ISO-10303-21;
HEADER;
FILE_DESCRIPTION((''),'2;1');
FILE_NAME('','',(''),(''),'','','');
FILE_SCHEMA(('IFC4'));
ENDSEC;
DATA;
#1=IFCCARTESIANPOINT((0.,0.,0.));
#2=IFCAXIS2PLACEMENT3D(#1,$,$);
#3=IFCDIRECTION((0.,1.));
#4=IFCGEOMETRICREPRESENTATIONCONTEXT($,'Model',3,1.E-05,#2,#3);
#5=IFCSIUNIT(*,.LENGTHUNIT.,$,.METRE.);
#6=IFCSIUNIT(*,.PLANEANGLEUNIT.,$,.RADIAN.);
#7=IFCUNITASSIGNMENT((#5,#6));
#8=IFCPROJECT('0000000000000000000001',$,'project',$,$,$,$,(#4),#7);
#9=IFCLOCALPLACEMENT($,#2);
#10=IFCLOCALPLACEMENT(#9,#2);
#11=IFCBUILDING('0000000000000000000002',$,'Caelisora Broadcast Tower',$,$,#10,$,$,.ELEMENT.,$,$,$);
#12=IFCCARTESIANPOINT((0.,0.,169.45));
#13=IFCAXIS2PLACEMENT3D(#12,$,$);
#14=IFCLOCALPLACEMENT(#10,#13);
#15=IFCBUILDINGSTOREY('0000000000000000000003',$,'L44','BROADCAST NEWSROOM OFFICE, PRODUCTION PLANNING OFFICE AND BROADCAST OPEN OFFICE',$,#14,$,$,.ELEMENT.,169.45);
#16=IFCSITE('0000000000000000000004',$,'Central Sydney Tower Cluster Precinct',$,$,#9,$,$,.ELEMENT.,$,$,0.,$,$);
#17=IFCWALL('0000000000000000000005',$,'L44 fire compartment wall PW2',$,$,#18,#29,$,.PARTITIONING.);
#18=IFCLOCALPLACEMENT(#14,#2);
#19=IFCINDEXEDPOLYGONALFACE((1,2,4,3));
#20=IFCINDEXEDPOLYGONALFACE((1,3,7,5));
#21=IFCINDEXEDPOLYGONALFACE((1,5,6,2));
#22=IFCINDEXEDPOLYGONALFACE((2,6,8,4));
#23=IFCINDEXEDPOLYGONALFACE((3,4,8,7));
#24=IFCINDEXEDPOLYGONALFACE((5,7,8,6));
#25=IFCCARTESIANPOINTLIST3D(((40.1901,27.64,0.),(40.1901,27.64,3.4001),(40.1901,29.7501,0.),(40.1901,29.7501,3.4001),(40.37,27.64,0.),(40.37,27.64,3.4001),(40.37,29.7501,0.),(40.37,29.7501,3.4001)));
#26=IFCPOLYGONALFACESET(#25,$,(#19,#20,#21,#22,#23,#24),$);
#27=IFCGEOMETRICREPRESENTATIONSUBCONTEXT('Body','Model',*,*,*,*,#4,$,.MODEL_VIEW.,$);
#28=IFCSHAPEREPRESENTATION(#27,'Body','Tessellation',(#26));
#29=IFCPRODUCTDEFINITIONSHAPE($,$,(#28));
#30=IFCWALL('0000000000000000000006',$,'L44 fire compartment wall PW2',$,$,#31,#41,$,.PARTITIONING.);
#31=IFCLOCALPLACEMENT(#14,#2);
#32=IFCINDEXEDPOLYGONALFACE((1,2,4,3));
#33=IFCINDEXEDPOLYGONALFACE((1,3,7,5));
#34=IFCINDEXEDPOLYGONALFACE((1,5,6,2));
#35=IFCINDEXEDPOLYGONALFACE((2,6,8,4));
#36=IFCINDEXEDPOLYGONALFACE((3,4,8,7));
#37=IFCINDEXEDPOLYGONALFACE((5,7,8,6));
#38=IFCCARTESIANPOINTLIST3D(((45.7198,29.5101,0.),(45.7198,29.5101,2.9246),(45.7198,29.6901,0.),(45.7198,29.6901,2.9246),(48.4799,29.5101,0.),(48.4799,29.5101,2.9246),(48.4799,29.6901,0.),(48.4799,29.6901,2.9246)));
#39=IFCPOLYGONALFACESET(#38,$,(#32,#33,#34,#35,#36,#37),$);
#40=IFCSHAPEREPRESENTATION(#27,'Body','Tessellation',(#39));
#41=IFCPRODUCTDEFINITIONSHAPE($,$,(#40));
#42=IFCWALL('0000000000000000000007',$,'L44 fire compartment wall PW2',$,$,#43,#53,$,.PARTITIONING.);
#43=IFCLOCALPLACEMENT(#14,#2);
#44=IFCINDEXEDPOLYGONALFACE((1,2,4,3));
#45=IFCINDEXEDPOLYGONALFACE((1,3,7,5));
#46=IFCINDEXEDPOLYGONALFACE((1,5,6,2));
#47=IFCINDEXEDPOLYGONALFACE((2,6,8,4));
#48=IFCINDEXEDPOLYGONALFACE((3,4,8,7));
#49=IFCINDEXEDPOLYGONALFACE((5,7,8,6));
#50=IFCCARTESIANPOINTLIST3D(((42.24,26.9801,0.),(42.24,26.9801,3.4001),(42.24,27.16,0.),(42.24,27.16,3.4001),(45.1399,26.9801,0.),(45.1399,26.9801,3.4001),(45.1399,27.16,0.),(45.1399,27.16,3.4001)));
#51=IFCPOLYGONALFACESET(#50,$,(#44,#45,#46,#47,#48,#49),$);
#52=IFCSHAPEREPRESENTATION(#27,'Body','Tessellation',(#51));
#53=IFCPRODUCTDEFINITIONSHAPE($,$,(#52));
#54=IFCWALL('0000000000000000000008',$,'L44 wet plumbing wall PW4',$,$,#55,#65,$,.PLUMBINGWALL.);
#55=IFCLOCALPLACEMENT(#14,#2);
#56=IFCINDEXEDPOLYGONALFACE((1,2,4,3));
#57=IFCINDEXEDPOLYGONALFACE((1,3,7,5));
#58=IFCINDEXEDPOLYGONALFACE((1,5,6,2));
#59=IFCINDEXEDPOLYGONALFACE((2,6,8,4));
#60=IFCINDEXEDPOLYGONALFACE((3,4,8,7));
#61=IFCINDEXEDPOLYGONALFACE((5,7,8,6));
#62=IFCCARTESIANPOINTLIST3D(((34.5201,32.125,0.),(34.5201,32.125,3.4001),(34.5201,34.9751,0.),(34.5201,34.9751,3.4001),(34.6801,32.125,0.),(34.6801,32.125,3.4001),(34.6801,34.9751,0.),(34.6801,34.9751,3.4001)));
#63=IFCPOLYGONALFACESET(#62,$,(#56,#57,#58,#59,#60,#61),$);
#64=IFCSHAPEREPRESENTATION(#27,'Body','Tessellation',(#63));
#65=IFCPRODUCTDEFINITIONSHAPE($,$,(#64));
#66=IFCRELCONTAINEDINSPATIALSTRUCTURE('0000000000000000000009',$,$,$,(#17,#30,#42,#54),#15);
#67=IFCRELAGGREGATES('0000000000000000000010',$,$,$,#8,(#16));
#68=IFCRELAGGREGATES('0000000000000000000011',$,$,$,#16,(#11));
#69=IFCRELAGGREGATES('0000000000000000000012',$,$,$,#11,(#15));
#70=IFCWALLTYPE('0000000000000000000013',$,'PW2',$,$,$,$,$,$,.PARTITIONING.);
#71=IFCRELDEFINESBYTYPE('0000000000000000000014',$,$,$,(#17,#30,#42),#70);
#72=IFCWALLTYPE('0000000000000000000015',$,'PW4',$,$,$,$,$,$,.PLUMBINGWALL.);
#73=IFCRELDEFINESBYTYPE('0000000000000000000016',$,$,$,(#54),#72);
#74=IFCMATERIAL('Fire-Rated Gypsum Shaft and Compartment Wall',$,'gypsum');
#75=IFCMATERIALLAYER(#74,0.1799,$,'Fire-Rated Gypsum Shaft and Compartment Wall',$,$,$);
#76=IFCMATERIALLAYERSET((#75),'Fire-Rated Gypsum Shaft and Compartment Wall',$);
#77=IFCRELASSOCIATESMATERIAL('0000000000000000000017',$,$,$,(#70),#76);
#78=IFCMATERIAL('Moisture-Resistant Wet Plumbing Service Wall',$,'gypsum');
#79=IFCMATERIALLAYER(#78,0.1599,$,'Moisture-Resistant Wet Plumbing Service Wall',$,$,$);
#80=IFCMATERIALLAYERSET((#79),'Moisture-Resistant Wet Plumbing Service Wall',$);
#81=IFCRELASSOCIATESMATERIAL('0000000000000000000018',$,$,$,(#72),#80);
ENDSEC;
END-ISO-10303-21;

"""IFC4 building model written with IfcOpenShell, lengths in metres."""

from ifc_helpers import new_model, si_unit, direction, frame, frame_2d, origin, place, context, subcontext, project, spatial, rectangle, extrude, material, layer, layer_set, type_object, element, save


model = new_model("IFC4")

# Units and contexts
model_context = context("Model", 3, precision=1e-05, world=origin(), true_north=direction((0.0, 1.0)))
body_context = subcontext(model_context, "Body", "Model", "MODEL_VIEW")
ifc_project = project(units=[si_unit("LENGTHUNIT", "METRE"), si_unit("PLANEANGLEUNIT", "RADIAN")], contexts=[model_context])

# Site, building, storey
site_placement = place(None, origin())
site = spatial("IfcSite", under=ifc_project, at=site_placement, Name="Central Sydney Tower Cluster Precinct", CompositionType="ELEMENT", RefElevation=0.0)
building_placement = place(site_placement, origin())
building = spatial("IfcBuilding", under=site, at=building_placement, Name="Caelisora Broadcast Tower", CompositionType="ELEMENT")
storey_placement = place(building_placement, frame((0.0, 0.0, 169.45)))
storey = spatial("IfcBuildingStorey", under=building, at=storey_placement, Name="L44", Description="BROADCAST NEWSROOM OFFICE, PRODUCTION PLANNING OFFICE AND BROADCAST OPEN OFFICE", CompositionType="ELEMENT", Elevation=169.45)

# Shared definitions
ifc_material_1 = material(Name="Fire-Rated Gypsum Shaft and Compartment Wall", Category="gypsum")
ifc_layer_1 = layer(ifc_material_1, 0.1799, Name="Fire-Rated Gypsum Shaft and Compartment Wall")
ifc_layer_set_1 = layer_set([ifc_layer_1], Name="Fire-Rated Gypsum Shaft and Compartment Wall")
wall_type_1 = type_object("IfcWallType", Name="PW2", PredefinedType="PARTITIONING", material=ifc_layer_set_1)

# Walls
for number, where, z_axis, x_axis, name in (
    (1, (40.28, 27.6399, 0.0), (0.0, 0.0, 1.0), (0.0, 1.0, 0.0), "L44 fire compartment wall PW2"),
):
    element("IfcWall", number, at=place(storey_placement, frame(where, z_axis=z_axis, x_axis=x_axis)), inside=storey, type_object=wall_type_1, Name=name, PredefinedType="PARTITIONING", context=body_context, shape_type="SweptSolid", body=[
        extrude(rectangle(XDim=2.1101, YDim=0.1799, at=frame_2d((1.0552, 0.0))), origin(), (0.0, 0.0, 1.0), 3.4001),
    ])
wall_1_placement = place(storey_placement, frame((45.72, 29.6001, 0.0), z_axis=(0.0, 0.0, 1.0), x_axis=(1.0, 0.0, 0.0)))
element("IfcWall", 2, at=wall_1_placement, inside=storey, type_object=wall_type_1, Name="L44 fire compartment wall PW2", PredefinedType="PARTITIONING", context=body_context, shape_type="SweptSolid", body=[
    extrude(rectangle(XDim=2.76, YDim=0.1799, at=frame_2d((1.3799, 0.0))), origin(), (0.0, 0.0, 1.0), 2.9246),
])
wall_2_placement = place(storey_placement, frame((42.24, 27.0701, 0.0), z_axis=(0.0, 0.0, 1.0), x_axis=(1.0, 0.0, 0.0)))
element("IfcWall", 3, at=wall_2_placement, inside=storey, type_object=wall_type_1, Name="L44 fire compartment wall PW2", PredefinedType="PARTITIONING", context=body_context, shape_type="SweptSolid", body=[
    extrude(rectangle(XDim=2.8999, YDim=0.1799, at=frame_2d((1.45, 0.0))), origin(), (0.0, 0.0, 1.0), 3.4001),
])
ifc_material_2 = material(Name="Moisture-Resistant Wet Plumbing Service Wall", Category="gypsum")
ifc_layer_2 = layer(ifc_material_2, 0.1599, Name="Moisture-Resistant Wet Plumbing Service Wall")
ifc_layer_set_2 = layer_set([ifc_layer_2], Name="Moisture-Resistant Wet Plumbing Service Wall")
wall_type_2 = type_object("IfcWallType", Name="PW4", PredefinedType="PLUMBINGWALL", material=ifc_layer_set_2)
wall_3_placement = place(storey_placement, frame((34.6001, 32.125, 0.0), z_axis=(0.0, 0.0, 1.0), x_axis=(0.0, 1.0, 0.0)))
element("IfcWall", 4, at=wall_3_placement, inside=storey, type_object=wall_type_2, Name="L44 wet plumbing wall PW4", PredefinedType="PLUMBINGWALL", context=body_context, shape_type="SweptSolid", body=[
    extrude(rectangle(XDim=2.8501, YDim=0.1599, at=frame_2d((1.425, 0.0))), origin(), (0.0, 0.0, 1.0), 3.4001),
])

save(model, "model.ifc")
